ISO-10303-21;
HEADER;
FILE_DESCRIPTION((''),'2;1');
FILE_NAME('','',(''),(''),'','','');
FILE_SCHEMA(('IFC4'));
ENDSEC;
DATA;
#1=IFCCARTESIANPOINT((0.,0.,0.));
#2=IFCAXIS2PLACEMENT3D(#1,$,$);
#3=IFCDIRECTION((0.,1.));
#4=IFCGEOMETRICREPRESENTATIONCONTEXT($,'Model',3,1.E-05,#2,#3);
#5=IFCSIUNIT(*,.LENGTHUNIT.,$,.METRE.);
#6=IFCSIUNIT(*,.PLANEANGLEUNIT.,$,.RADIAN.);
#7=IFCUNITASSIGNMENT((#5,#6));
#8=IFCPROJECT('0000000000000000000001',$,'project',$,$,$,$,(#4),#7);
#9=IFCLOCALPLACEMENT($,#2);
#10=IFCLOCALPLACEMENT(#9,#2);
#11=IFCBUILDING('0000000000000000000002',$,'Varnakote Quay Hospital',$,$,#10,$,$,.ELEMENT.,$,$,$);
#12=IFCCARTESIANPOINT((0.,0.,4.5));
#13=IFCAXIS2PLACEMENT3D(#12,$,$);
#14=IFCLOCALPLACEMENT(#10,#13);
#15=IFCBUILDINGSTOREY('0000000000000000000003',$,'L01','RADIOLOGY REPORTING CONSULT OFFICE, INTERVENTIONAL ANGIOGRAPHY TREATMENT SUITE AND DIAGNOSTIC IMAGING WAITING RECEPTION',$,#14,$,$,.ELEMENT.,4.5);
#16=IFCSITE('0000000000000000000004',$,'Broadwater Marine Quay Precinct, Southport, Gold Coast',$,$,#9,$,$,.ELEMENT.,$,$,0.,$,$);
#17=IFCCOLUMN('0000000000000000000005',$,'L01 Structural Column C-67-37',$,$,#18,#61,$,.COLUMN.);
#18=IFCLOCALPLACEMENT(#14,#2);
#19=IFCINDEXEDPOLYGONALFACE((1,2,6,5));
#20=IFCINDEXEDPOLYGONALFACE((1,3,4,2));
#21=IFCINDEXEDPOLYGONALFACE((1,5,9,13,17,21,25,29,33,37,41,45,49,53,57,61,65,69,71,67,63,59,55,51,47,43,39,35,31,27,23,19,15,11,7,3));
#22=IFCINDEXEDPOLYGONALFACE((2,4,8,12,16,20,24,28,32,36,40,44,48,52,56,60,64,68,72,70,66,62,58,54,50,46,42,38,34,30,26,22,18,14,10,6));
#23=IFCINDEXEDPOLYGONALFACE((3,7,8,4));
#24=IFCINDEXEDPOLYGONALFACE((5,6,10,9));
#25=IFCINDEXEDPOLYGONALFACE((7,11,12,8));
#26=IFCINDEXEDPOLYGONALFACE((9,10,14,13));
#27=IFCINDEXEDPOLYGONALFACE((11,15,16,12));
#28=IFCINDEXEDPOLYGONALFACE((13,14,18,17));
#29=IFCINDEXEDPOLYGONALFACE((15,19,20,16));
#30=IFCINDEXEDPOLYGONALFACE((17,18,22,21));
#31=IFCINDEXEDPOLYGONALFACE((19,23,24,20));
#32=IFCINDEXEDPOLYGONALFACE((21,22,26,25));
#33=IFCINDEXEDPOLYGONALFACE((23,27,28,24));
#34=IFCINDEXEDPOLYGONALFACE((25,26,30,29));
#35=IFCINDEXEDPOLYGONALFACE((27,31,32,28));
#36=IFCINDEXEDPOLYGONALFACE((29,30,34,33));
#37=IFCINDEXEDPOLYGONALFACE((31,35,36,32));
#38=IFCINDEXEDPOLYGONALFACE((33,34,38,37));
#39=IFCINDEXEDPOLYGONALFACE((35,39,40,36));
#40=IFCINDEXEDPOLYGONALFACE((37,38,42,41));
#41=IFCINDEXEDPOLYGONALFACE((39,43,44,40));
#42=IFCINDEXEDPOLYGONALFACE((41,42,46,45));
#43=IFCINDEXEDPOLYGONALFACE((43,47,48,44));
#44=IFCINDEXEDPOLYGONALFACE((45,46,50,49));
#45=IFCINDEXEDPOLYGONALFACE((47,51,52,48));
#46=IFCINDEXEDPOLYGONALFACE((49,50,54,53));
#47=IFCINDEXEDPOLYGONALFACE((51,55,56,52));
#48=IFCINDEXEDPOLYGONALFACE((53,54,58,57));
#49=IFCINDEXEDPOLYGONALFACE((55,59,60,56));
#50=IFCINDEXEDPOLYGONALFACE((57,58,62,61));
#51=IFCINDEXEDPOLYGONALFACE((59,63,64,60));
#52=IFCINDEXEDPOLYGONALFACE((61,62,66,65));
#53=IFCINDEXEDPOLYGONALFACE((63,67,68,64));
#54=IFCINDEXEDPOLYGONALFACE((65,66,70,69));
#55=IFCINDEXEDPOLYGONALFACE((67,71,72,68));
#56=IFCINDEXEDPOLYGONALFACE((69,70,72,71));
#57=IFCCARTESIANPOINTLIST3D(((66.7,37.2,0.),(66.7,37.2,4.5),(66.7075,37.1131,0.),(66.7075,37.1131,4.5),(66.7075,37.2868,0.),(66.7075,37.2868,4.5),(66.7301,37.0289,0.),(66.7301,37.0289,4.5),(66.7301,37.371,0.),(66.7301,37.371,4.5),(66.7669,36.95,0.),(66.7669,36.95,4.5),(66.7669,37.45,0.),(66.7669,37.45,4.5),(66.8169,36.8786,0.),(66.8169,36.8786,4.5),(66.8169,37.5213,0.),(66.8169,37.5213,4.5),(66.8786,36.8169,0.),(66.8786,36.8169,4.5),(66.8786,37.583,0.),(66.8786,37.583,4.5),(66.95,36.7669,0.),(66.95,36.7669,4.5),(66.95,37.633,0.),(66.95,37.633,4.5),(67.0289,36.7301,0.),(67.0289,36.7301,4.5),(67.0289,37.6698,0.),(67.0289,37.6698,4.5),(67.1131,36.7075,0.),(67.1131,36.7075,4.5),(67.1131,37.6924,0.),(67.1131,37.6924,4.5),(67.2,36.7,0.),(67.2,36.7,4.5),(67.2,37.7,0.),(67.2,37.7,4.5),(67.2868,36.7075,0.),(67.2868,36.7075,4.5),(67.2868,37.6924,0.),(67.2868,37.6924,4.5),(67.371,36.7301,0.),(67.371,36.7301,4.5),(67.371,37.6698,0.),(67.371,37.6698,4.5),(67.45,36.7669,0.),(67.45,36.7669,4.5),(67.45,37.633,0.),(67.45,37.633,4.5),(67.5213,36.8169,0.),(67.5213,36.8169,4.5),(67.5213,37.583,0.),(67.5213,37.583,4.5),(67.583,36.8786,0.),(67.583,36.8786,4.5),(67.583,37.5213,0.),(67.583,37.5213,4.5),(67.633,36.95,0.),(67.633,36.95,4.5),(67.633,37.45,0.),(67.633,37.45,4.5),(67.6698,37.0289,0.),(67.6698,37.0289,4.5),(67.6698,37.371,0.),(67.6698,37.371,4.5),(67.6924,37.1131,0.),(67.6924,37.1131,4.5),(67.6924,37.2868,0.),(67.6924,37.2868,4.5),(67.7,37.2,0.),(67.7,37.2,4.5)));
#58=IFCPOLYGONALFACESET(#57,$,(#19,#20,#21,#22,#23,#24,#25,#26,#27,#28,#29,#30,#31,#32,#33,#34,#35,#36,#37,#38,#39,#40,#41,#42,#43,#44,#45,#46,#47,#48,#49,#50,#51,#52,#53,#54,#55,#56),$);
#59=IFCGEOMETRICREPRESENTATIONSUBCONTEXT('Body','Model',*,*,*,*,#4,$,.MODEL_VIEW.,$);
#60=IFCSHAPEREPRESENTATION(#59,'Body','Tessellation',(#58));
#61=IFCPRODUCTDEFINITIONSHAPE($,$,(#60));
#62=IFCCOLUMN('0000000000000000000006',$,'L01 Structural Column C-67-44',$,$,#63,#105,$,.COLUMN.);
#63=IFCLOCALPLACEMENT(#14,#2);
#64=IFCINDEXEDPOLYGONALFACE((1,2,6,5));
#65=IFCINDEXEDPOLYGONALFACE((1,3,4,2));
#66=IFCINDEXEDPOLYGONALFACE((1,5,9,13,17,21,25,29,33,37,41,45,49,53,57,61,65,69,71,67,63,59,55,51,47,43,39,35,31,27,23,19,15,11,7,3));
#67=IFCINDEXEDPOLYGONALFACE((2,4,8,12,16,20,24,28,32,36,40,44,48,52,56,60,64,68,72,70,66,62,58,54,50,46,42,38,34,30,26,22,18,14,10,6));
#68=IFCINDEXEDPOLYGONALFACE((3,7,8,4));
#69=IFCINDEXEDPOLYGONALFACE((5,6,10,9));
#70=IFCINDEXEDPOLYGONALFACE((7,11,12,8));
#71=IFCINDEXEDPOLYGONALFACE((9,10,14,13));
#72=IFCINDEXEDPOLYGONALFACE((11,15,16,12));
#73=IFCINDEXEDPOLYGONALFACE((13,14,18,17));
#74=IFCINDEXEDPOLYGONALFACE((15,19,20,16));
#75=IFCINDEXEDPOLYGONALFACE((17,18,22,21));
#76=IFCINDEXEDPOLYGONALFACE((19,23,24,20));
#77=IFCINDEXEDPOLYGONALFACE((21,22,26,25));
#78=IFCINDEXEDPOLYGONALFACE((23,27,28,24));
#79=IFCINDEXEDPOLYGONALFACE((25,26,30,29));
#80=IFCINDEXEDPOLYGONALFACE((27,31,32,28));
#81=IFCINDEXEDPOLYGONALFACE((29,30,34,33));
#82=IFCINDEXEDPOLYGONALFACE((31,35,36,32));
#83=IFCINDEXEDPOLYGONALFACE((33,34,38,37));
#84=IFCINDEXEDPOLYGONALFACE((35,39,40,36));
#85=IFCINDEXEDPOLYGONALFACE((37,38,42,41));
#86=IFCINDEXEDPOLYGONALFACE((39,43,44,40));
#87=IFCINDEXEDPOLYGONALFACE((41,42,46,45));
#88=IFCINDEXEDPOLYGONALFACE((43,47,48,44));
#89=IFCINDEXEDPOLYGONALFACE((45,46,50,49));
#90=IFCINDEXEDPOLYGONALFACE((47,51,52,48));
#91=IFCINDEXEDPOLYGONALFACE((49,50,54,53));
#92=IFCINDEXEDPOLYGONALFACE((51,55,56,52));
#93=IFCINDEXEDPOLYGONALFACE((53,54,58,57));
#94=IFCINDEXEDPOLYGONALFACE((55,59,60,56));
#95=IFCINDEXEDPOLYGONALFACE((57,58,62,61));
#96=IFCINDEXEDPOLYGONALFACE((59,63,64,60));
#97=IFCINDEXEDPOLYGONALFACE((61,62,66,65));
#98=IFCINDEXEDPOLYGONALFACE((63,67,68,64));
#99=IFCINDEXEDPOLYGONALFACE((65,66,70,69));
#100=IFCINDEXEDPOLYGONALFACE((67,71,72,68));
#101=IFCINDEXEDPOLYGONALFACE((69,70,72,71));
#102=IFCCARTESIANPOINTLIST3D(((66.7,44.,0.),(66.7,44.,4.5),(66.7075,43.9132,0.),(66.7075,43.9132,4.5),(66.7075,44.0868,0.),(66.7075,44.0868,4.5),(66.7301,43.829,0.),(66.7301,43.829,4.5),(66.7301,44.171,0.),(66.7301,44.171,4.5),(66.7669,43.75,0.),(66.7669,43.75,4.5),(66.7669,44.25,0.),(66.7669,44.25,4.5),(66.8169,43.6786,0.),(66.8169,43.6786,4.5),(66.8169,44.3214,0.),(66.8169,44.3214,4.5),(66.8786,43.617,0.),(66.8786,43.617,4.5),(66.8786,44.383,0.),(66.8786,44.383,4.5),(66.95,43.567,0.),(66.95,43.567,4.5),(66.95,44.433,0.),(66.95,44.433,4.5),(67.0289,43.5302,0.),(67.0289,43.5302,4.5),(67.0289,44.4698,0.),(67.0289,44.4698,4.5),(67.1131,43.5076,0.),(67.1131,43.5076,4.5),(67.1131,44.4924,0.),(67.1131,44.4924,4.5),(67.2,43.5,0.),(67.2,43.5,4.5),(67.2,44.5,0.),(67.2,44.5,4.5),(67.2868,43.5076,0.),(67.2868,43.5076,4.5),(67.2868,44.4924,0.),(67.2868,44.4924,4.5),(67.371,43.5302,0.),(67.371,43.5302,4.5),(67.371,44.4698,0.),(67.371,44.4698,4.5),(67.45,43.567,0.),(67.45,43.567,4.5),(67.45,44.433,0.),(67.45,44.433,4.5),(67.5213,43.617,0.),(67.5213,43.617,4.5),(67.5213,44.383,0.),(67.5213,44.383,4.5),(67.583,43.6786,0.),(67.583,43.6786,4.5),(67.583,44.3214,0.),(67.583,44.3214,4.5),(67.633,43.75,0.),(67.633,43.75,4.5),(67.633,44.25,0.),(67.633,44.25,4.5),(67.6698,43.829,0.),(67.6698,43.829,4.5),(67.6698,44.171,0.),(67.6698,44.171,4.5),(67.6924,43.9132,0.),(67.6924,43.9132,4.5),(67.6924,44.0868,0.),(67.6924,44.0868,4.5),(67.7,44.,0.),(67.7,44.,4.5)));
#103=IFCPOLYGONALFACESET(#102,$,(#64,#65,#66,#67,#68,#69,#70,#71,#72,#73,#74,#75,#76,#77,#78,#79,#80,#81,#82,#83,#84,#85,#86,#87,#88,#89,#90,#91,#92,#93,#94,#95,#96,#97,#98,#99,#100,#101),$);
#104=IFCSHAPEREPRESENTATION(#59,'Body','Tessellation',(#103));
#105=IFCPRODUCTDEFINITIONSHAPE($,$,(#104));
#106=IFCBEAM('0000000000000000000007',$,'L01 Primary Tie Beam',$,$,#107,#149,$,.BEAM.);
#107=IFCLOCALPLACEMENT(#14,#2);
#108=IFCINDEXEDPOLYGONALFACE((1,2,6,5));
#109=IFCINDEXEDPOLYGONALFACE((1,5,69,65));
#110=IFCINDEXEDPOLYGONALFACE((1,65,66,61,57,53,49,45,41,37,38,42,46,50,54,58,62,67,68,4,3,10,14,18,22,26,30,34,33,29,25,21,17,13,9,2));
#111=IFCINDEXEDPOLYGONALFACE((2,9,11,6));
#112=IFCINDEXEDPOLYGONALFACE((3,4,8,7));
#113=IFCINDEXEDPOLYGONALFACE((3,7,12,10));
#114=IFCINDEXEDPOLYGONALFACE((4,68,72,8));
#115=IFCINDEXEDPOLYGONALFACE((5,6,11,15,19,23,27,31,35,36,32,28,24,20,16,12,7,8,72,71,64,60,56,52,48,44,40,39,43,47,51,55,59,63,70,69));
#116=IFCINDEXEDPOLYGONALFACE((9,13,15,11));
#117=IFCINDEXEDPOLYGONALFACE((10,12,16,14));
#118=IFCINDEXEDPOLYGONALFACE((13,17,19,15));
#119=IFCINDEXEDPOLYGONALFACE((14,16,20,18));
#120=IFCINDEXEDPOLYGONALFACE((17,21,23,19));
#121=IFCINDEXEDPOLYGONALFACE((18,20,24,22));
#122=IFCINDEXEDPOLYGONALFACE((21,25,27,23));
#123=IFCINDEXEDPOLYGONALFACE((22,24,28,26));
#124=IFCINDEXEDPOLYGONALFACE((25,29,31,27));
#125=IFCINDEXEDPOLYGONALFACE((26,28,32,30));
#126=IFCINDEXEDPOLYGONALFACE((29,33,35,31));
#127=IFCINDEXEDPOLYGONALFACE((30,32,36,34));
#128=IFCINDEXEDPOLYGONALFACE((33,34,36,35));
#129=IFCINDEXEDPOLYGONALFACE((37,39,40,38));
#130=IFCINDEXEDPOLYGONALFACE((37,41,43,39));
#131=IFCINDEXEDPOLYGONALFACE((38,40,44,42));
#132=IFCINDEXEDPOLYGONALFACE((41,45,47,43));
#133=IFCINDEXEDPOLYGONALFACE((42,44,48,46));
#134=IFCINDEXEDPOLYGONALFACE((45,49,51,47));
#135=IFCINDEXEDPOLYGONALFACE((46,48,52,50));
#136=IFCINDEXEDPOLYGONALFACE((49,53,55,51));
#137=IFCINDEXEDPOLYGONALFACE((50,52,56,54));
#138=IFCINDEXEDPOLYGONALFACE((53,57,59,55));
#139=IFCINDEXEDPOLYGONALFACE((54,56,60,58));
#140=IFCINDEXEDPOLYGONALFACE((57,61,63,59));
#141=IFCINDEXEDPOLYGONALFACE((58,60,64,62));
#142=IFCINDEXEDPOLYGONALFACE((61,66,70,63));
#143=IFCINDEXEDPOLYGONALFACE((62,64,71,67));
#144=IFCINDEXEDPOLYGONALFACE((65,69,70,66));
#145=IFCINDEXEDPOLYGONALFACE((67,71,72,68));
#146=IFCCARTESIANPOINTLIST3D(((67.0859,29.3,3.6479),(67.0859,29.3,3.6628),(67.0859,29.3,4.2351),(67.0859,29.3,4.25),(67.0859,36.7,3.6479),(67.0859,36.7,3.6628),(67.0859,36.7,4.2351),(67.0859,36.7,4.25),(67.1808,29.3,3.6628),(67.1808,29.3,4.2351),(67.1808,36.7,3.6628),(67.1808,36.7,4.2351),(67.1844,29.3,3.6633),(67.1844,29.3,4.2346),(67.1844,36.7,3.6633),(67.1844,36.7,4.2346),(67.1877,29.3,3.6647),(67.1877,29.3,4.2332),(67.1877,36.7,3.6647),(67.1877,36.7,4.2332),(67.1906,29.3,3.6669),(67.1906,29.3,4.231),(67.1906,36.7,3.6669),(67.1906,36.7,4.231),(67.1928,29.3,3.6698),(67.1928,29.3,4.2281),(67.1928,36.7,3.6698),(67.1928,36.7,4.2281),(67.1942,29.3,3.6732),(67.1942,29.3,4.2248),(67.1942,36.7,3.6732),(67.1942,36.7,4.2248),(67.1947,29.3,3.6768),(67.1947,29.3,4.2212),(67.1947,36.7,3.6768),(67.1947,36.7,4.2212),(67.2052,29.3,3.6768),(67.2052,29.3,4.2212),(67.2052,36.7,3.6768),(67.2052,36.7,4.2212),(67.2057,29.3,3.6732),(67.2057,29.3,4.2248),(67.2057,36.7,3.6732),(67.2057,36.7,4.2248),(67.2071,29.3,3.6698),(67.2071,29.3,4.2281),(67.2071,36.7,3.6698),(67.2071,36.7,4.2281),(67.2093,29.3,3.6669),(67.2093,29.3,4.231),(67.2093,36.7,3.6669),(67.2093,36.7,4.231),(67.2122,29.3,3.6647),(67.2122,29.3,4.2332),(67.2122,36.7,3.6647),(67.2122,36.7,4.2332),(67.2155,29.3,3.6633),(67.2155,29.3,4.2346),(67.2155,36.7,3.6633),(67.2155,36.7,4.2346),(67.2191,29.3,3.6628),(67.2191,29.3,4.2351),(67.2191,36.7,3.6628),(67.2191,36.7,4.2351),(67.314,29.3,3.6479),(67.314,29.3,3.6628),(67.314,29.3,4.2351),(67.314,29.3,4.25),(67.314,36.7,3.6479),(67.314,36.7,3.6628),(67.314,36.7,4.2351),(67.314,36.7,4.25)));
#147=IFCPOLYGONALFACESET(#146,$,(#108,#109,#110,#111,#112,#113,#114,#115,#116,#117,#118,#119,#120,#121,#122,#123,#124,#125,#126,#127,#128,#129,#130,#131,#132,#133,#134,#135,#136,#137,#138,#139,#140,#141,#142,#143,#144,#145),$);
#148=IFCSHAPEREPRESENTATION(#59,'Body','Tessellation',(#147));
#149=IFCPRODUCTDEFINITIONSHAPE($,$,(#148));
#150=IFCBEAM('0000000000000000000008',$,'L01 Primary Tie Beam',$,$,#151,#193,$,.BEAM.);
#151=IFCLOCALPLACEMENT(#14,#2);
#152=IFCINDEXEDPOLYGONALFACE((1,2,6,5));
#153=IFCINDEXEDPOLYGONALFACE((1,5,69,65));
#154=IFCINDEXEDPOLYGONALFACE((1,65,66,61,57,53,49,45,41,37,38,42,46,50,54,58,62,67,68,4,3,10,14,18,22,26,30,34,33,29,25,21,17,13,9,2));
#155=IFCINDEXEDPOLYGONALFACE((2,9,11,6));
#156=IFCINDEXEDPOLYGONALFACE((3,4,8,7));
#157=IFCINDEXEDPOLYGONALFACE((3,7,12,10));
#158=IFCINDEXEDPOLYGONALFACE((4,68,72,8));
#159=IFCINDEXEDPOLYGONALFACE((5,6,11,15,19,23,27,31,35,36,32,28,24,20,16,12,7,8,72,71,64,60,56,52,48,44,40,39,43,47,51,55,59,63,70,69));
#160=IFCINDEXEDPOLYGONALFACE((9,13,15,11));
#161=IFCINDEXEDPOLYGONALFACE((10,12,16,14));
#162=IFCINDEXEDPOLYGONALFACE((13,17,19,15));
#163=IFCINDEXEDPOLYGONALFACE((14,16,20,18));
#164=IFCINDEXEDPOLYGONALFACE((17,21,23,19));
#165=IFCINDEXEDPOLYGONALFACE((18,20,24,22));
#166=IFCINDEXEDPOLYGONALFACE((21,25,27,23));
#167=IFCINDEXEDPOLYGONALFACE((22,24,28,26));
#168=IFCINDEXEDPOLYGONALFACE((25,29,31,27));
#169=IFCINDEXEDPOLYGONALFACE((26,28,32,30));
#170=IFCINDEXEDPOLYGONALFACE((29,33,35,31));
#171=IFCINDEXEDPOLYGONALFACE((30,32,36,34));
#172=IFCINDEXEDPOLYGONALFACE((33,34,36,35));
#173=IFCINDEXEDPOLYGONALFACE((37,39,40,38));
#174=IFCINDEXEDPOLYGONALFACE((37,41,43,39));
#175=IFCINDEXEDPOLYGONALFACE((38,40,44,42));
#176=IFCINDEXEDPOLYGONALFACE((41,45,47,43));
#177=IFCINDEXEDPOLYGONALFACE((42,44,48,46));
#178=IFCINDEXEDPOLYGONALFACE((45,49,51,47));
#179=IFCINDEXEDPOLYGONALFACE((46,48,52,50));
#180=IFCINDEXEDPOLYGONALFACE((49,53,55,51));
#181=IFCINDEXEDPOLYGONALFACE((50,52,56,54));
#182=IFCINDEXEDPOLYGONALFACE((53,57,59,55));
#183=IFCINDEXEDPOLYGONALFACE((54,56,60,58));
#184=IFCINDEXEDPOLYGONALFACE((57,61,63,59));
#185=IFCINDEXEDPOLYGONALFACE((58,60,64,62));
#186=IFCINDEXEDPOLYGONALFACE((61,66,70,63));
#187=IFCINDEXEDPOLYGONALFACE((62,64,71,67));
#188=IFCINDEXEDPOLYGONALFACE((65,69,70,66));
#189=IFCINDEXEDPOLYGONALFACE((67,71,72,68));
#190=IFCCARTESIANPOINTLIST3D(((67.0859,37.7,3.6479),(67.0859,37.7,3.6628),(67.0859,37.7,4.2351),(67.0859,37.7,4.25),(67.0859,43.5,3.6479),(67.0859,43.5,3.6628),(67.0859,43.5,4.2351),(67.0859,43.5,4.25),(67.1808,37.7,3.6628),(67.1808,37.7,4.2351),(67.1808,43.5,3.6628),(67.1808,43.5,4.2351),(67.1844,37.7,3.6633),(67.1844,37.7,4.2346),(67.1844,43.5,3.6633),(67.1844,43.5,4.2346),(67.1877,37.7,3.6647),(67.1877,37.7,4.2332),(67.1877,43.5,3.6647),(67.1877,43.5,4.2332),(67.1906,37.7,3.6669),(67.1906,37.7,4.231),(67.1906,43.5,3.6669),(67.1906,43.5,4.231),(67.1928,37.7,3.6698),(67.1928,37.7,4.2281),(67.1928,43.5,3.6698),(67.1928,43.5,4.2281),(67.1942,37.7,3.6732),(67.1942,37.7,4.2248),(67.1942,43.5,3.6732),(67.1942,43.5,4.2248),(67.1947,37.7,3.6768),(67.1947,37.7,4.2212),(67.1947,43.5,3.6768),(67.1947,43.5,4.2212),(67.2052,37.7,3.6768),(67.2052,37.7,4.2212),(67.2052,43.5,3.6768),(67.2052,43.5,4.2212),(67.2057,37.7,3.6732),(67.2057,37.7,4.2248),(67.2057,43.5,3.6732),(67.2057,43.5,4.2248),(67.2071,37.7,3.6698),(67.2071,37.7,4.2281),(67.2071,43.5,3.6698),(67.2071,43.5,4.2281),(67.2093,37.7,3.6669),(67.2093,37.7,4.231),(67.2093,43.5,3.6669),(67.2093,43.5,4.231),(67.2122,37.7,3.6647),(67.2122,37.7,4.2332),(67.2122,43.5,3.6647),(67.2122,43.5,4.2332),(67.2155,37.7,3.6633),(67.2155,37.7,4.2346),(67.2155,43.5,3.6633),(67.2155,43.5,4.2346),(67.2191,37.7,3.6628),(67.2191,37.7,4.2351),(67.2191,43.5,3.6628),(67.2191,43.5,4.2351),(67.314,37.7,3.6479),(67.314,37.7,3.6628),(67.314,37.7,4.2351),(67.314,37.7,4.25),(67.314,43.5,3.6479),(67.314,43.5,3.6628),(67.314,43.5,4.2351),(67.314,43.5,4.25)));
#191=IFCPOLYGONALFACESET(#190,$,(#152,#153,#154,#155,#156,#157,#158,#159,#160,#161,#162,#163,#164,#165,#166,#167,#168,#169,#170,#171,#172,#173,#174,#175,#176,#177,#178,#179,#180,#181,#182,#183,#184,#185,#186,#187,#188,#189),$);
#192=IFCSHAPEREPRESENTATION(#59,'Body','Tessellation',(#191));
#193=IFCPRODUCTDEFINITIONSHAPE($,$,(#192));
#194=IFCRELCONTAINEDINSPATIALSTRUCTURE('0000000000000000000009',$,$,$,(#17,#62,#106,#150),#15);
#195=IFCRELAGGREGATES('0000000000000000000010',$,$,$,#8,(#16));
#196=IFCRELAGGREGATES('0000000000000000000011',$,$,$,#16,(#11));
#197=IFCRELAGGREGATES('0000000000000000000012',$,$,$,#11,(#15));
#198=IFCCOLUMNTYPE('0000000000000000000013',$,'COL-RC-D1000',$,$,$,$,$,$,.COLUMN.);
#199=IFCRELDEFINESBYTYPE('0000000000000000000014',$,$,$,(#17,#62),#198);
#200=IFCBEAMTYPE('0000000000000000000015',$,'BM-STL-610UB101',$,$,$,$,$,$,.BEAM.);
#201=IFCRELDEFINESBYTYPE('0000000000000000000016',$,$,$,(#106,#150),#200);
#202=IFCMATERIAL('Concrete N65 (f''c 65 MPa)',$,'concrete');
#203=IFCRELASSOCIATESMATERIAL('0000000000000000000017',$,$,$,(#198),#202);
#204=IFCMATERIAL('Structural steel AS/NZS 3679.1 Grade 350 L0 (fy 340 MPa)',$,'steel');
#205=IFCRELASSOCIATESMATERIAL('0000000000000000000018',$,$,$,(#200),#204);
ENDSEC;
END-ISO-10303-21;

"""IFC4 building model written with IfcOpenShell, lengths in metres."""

from ifc_helpers import new_model, si_unit, direction, frame, origin, origin_2d, place, context, subcontext, project, spatial, circle, i_section, extrude, material, material_profile, profile_set, type_object, element, save


model = new_model("IFC4")

# Units and contexts
model_context = context("Model", 3, precision=1e-05, world=origin(), true_north=direction((0.0, 1.0)))
body_context = subcontext(model_context, "Body", "Model", "MODEL_VIEW")
ifc_project = project(units=[si_unit("LENGTHUNIT", "METRE"), si_unit("PLANEANGLEUNIT", "RADIAN")], contexts=[model_context])

# Site, building, storey
site_placement = place(None, origin())
site = spatial("IfcSite", under=ifc_project, at=site_placement, Name="Broadwater Marine Quay Precinct, Southport, Gold Coast", CompositionType="ELEMENT", RefElevation=0.0)
building_placement = place(site_placement, origin())
building = spatial("IfcBuilding", under=site, at=building_placement, Name="Varnakote Quay Hospital", CompositionType="ELEMENT")
storey_placement = place(building_placement, frame((0.0, 0.0, 4.5)))
storey = spatial("IfcBuildingStorey", under=building, at=storey_placement, Name="L01", Description="RADIOLOGY REPORTING CONSULT OFFICE, INTERVENTIONAL ANGIOGRAPHY TREATMENT SUITE AND DIAGNOSTIC IMAGING WAITING RECEPTION", CompositionType="ELEMENT", Elevation=4.5)

# Columns
ifc_material_1 = material(Name="Concrete N65 (f'c 65 MPa)", Category="concrete")
ifc_material_profile_1 = material_profile(ifc_material_1, circle(Radius=0.5, at=origin_2d()), Name="RC-COL-D1000")
ifc_profile_set_1 = profile_set([ifc_material_profile_1], Name="Concrete N65 (f'c 65 MPa)")
column_type = type_object("IfcColumnType", Name="COL-RC-D1000", PredefinedType="COLUMN", material=ifc_profile_set_1)
for number, where, z_axis, x_axis, name in (
    (1, (67.2, 37.2, 0.0), (0.0, 0.0, 1.0), (1.0, 0.0, 0.0), "L01 Structural Column C-67-37"),
    (2, (67.2, 44.0, 0.0), (0.0, 0.0, 1.0), (1.0, 0.0, 0.0), "L01 Structural Column C-67-44"),
):
    element("IfcColumn", number, at=place(storey_placement, frame(where, z_axis=z_axis, x_axis=x_axis)), inside=storey, type_object=column_type, Name=name, PredefinedType="COLUMN", context=body_context, shape_type="SweptSolid", body=[
        extrude(circle(Radius=0.5, at=origin_2d()), origin(), (0.0, 0.0, 1.0), 4.5),
    ])

# Beams
ifc_material_2 = material(Name="Structural steel AS/NZS 3679.1 Grade 350 L0 (fy 340 MPa)", Category="steel")
ifc_material_profile_2 = material_profile(ifc_material_2, i_section(OverallWidth=0.228, OverallDepth=0.6021, WebThickness=0.0105, FlangeThickness=0.0149, FilletRadius=0.0139, at=origin_2d()), Name="610UB101")
ifc_profile_set_2 = profile_set([ifc_material_profile_2], Name="Structural steel AS/NZS 3679.1 Grade 350 L0 (fy 340 MPa)")
beam_type_1 = type_object("IfcBeamType", Name="BM-STL-610UB101", PredefinedType="BEAM", material=ifc_profile_set_2)
beam_1_placement = place(storey_placement, frame((67.2, 29.3, 3.949), z_axis=(0.0, 1.0, 0.0), x_axis=(-1.0, 0.0, 0.0)))
element("IfcBeam", 3, at=beam_1_placement, inside=storey, type_object=beam_type_1, Name="L01 Primary Tie Beam", PredefinedType="BEAM", context=body_context, shape_type="SweptSolid", body=[
    extrude(i_section(OverallWidth=0.228, OverallDepth=0.6021, WebThickness=0.0105, FlangeThickness=0.0149, FilletRadius=0.0139, at=origin_2d()), origin(), (0.0, 0.0, 1.0), 7.3999),
])
beam_2_placement = place(storey_placement, frame((67.2, 37.7, 3.949), z_axis=(0.0, 1.0, 0.0), x_axis=(-1.0, 0.0, 0.0)))
element("IfcBeam", 4, at=beam_2_placement, inside=storey, type_object=beam_type_1, Name="L01 Primary Tie Beam", PredefinedType="BEAM", context=body_context, shape_type="SweptSolid", body=[
    extrude(i_section(OverallWidth=0.228, OverallDepth=0.6021, WebThickness=0.0105, FlangeThickness=0.0149, FilletRadius=0.0139, at=origin_2d()), origin(), (0.0, 0.0, 1.0), 5.8),
])

save(model, "model.ifc")
